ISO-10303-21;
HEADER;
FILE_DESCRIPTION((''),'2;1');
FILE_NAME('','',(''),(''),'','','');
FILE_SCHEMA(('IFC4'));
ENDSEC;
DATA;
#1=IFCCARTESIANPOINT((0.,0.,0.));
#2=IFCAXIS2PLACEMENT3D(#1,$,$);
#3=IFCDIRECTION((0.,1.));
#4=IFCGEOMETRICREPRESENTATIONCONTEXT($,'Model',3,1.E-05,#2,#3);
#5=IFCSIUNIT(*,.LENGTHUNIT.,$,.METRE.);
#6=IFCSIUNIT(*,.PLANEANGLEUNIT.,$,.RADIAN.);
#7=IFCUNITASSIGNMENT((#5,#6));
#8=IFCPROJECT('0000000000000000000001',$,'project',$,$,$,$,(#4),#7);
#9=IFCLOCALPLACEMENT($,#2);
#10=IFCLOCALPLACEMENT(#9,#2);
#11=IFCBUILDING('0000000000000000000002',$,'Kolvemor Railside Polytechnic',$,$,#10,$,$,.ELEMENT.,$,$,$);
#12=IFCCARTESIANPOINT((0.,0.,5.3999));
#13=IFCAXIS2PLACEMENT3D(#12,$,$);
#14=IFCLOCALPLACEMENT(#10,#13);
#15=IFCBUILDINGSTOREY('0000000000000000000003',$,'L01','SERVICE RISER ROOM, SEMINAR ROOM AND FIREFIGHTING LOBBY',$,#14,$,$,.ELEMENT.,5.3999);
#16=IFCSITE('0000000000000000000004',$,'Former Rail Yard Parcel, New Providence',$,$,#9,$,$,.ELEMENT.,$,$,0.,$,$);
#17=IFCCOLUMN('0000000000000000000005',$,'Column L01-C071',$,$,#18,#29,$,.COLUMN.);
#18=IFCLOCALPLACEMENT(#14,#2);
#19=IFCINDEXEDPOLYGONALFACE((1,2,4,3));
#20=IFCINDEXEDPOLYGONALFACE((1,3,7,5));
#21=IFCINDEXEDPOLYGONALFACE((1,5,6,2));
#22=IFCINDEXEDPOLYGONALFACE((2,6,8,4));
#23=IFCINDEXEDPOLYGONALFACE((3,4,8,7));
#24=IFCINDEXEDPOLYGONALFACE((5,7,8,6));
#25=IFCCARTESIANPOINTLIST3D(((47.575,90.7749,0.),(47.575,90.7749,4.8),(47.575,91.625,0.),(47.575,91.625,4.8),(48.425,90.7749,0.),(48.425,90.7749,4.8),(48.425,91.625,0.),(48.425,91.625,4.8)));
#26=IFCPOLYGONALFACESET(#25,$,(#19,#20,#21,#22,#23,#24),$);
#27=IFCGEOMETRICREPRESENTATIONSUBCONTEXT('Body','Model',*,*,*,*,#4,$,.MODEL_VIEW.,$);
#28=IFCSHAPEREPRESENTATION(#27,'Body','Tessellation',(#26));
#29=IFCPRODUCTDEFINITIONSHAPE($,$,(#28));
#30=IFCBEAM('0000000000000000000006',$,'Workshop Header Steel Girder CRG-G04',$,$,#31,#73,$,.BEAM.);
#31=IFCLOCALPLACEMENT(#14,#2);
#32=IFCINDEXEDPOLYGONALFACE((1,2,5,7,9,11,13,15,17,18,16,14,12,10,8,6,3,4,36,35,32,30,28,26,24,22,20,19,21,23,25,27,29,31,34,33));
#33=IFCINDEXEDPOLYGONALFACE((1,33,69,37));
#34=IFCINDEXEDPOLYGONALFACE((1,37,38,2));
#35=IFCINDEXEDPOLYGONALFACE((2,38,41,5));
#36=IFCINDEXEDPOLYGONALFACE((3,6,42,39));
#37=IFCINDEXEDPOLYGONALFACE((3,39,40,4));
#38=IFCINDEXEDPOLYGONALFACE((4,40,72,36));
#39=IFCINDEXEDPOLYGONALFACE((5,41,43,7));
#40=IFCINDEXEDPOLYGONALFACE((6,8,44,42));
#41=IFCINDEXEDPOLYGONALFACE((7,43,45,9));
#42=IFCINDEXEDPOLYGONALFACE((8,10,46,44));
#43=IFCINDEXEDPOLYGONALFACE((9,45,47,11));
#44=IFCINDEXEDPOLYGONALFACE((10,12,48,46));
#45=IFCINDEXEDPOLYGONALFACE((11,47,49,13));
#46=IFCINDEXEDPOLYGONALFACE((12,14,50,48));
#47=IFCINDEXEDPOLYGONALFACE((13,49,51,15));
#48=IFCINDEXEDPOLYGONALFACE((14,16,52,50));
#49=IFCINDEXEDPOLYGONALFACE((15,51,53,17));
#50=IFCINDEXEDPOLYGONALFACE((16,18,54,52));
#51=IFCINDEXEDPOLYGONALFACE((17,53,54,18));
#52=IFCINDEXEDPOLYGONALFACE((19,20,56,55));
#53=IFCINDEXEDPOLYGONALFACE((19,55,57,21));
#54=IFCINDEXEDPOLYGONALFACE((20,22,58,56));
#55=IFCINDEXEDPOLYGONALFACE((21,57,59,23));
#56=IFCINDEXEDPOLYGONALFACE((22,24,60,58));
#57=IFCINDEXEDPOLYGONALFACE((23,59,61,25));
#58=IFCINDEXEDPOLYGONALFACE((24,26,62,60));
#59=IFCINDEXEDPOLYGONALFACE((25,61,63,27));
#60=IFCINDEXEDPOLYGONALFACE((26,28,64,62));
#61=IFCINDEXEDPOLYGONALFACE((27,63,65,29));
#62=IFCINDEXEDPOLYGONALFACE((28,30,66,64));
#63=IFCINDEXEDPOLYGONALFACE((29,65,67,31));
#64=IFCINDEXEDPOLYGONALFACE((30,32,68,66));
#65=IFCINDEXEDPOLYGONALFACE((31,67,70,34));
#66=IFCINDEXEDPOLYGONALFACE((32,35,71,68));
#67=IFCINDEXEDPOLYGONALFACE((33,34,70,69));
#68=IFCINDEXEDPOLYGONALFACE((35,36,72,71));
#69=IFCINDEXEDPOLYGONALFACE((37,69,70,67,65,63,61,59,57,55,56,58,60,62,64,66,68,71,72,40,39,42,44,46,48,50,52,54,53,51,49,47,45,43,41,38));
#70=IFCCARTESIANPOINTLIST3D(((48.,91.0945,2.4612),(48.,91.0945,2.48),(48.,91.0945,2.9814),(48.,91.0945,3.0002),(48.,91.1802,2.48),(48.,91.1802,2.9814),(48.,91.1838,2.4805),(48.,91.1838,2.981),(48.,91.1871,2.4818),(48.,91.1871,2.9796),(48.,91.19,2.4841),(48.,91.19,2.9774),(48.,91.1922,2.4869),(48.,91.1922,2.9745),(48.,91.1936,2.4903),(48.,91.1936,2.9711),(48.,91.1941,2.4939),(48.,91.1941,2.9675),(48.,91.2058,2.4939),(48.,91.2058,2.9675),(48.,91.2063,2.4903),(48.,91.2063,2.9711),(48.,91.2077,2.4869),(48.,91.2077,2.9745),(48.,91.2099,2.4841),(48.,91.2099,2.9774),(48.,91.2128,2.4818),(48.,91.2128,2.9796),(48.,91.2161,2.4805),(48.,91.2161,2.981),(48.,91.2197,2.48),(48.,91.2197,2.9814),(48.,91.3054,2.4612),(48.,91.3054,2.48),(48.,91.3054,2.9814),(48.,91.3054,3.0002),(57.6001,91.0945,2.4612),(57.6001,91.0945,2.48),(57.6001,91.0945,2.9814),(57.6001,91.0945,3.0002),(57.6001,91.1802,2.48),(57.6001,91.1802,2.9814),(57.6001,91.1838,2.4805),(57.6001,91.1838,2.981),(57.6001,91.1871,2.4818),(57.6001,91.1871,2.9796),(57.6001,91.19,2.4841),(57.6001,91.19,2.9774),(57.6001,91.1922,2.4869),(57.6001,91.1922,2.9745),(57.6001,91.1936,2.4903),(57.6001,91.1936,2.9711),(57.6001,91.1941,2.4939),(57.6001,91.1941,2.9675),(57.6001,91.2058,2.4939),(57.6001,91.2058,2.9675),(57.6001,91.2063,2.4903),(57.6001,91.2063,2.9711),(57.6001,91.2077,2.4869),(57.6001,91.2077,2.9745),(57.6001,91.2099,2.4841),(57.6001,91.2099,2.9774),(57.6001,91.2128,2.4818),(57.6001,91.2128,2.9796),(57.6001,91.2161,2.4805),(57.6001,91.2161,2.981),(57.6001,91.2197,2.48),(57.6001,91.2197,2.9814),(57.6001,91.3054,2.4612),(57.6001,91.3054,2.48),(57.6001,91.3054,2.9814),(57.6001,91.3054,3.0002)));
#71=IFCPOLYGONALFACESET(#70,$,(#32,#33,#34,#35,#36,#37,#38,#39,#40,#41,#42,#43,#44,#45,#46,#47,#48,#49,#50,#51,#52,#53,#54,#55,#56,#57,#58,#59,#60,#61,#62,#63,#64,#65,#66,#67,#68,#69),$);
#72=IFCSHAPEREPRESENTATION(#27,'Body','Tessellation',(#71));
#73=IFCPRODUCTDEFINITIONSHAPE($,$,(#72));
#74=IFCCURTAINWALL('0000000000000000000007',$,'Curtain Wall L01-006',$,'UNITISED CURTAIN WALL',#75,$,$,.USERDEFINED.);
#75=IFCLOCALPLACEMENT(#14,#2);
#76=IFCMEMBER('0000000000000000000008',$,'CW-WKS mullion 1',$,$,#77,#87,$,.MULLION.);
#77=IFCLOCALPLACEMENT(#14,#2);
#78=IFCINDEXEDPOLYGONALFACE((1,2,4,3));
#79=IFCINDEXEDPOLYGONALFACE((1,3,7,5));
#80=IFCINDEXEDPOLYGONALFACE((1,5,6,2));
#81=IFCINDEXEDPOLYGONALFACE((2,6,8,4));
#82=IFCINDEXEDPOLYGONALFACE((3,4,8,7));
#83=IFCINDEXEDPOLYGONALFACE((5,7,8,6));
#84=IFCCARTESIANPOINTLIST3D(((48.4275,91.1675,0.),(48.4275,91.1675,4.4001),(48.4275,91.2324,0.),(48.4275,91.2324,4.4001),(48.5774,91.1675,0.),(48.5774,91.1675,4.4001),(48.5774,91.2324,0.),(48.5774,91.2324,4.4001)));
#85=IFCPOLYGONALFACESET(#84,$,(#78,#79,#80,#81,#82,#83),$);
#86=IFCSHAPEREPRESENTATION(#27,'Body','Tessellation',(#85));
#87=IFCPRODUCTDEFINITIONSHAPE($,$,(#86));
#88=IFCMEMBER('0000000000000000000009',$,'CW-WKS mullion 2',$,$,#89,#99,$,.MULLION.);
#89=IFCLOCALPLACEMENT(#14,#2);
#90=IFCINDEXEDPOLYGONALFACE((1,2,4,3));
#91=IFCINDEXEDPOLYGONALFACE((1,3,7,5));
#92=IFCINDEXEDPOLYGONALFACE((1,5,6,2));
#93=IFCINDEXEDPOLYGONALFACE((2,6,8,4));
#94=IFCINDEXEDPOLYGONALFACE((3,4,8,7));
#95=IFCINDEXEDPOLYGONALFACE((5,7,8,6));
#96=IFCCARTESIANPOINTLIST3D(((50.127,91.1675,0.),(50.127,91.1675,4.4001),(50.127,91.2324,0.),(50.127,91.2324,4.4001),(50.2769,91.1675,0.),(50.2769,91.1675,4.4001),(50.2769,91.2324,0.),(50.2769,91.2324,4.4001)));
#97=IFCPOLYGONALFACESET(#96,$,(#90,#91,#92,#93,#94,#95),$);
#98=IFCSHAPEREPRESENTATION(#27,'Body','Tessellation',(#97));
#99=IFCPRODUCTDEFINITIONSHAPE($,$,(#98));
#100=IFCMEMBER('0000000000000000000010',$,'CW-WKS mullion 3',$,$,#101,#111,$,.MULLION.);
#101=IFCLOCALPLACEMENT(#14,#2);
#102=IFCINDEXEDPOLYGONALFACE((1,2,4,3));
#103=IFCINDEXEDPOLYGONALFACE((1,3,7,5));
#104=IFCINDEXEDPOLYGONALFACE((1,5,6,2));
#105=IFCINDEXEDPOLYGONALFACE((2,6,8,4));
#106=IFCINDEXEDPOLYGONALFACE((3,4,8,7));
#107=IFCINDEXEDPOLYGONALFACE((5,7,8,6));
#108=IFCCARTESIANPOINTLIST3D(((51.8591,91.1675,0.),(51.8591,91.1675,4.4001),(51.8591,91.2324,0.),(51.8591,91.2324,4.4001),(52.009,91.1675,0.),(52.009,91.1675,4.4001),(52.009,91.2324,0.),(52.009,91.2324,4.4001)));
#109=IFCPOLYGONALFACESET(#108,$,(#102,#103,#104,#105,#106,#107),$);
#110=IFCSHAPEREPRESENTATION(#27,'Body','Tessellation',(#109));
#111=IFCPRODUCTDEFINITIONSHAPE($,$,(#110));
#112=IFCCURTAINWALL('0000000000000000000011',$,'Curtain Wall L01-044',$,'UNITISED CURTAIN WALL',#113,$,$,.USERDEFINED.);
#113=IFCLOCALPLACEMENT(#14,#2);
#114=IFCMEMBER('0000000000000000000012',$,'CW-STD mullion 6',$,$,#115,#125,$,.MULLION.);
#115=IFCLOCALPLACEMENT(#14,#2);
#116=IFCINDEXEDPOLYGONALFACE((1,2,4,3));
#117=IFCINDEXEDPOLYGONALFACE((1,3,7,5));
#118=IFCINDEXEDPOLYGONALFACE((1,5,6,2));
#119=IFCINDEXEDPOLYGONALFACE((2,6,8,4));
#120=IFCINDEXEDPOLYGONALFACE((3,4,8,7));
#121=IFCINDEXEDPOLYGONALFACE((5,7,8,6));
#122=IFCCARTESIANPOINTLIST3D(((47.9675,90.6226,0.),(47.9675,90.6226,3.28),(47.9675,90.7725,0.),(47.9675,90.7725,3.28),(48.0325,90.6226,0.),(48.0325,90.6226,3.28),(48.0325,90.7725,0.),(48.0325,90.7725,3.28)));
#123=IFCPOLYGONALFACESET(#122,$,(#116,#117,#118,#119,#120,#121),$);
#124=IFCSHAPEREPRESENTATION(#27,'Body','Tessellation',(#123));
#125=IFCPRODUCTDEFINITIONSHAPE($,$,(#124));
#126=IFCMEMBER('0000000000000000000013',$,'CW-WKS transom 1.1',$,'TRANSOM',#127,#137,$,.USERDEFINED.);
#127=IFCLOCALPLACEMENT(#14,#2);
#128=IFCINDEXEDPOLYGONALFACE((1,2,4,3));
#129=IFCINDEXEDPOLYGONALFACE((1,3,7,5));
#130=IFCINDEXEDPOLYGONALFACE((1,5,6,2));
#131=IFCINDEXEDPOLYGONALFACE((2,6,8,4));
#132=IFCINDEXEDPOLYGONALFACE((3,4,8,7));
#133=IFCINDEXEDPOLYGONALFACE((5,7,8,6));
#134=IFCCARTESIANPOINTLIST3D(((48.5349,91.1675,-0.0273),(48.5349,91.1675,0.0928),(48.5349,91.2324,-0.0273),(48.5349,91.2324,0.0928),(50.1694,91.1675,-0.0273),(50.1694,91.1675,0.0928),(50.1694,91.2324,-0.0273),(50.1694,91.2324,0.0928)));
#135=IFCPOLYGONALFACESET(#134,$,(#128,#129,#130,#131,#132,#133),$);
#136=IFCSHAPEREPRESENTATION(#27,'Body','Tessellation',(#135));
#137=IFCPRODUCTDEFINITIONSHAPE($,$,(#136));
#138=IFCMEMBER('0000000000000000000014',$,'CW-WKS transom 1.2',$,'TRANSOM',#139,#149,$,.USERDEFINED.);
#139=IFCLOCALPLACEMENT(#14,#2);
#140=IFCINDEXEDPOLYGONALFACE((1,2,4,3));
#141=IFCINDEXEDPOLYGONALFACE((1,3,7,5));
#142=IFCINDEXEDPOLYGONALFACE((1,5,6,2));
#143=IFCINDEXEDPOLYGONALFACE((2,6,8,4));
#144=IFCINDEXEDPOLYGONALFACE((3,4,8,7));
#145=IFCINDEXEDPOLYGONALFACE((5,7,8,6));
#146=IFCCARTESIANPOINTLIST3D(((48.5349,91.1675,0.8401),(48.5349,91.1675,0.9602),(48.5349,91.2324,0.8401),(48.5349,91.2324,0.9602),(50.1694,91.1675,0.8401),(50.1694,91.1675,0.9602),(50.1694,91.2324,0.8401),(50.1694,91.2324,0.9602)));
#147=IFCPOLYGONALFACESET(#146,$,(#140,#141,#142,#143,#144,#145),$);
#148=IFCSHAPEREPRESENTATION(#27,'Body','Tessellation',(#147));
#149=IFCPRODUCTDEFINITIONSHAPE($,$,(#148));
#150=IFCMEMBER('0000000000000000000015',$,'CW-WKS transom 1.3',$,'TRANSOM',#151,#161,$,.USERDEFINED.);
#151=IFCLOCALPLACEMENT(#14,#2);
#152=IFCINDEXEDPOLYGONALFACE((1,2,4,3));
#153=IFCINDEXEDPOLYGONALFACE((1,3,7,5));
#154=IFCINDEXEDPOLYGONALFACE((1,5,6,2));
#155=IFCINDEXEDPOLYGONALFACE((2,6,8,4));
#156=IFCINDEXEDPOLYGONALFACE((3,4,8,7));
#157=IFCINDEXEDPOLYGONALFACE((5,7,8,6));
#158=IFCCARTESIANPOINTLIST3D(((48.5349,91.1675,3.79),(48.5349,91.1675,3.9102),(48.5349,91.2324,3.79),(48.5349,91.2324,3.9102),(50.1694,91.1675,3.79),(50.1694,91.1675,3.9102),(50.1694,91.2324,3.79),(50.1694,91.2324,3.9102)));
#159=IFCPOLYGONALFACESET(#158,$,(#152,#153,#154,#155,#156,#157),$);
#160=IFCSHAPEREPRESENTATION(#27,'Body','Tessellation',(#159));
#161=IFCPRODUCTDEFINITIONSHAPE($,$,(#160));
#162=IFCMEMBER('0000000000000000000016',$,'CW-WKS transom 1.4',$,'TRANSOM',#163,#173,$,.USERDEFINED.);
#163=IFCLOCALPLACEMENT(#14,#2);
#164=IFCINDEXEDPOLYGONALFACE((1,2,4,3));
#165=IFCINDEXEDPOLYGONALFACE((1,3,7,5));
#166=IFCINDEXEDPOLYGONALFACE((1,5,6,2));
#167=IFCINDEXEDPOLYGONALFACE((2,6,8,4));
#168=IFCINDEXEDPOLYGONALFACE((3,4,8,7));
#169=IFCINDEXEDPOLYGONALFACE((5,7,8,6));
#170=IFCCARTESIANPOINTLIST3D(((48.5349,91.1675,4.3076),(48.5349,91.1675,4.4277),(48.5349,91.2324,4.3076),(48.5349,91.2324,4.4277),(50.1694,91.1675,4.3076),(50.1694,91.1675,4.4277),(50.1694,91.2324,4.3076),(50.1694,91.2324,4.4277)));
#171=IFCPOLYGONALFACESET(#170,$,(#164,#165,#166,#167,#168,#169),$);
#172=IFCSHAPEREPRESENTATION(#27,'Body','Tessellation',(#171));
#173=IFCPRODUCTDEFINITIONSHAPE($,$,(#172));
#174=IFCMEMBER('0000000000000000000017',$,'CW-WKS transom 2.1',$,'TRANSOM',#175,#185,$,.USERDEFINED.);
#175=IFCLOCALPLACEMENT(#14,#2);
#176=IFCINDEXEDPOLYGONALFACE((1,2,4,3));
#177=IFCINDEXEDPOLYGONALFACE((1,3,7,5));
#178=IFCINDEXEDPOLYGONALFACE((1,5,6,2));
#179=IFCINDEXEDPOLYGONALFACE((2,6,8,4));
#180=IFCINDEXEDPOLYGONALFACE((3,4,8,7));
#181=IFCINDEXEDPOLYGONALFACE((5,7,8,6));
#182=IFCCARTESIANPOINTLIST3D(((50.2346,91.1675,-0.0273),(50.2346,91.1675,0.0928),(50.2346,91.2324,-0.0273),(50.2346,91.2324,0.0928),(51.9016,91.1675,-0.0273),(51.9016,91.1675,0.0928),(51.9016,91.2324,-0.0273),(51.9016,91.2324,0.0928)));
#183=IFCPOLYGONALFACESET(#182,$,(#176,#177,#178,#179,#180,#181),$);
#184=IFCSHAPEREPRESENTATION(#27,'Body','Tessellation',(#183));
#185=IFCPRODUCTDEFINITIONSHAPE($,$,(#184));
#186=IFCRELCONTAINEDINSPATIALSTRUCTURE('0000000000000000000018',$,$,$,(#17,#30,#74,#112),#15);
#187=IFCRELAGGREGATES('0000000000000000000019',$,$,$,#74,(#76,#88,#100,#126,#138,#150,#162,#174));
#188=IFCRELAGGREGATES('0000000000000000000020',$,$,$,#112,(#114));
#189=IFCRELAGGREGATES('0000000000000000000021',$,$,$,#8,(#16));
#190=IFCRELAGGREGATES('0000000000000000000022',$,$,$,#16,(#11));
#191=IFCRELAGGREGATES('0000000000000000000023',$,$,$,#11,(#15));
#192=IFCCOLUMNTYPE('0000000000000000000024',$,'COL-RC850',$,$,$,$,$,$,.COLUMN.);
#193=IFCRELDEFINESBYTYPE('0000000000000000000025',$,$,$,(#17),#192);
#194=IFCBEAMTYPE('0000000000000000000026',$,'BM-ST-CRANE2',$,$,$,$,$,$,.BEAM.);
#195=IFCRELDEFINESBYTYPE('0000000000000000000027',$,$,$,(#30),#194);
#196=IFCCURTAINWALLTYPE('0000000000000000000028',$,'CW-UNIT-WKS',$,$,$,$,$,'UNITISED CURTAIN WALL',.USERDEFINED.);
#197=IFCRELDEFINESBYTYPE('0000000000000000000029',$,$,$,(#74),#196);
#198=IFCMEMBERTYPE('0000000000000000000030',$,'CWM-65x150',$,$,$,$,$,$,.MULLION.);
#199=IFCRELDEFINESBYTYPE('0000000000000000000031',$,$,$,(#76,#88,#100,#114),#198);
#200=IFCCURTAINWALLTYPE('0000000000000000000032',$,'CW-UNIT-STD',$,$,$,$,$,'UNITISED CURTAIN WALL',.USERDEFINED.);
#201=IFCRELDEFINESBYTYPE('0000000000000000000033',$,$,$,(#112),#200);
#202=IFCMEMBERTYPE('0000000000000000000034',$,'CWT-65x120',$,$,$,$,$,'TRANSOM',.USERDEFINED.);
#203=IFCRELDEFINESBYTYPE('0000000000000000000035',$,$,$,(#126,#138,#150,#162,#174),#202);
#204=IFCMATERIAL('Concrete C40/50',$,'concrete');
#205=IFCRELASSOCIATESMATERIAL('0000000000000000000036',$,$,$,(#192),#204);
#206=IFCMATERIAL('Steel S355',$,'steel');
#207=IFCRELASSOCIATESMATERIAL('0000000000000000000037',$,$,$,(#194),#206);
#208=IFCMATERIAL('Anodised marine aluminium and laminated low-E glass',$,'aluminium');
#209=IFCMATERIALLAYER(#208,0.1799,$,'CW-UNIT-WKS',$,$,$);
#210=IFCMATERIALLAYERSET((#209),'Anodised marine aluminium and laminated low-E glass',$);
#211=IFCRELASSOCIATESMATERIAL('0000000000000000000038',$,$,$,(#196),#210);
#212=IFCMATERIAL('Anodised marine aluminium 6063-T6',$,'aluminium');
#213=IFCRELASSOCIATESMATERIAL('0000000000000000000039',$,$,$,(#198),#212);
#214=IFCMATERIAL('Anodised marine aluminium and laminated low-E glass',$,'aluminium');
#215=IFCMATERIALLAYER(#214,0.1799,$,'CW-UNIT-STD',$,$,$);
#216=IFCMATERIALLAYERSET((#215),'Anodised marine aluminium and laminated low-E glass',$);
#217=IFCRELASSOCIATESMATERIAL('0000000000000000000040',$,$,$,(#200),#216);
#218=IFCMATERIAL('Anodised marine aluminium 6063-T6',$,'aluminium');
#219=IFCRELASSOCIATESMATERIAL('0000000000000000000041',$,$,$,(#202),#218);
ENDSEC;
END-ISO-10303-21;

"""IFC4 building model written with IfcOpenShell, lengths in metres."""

from ifc_helpers import new_model, si_unit, direction, frame, origin, origin_2d, place, context, subcontext, project, spatial, rectangle, i_section, extrude, material, layer, layer_set, material_profile, profile_set, type_object, element, aggregate, save


model = new_model("IFC4")

# Units and contexts
model_context = context("Model", 3, precision=1e-05, world=origin(), true_north=direction((0.0, 1.0)))
body_context = subcontext(model_context, "Body", "Model", "MODEL_VIEW")
ifc_project = project(units=[si_unit("LENGTHUNIT", "METRE"), si_unit("PLANEANGLEUNIT", "RADIAN")], contexts=[model_context])

# Site, building, storey
site_placement = place(None, origin())
site = spatial("IfcSite", under=ifc_project, at=site_placement, Name="Former Rail Yard Parcel, New Providence", CompositionType="ELEMENT", RefElevation=0.0)
building_placement = place(site_placement, origin())
building = spatial("IfcBuilding", under=site, at=building_placement, Name="Kolvemor Railside Polytechnic", CompositionType="ELEMENT")
storey_placement = place(building_placement, frame((0.0, 0.0, 5.3999)))
storey = spatial("IfcBuildingStorey", under=building, at=storey_placement, Name="L01", Description="SERVICE RISER ROOM, SEMINAR ROOM AND FIREFIGHTING LOBBY", CompositionType="ELEMENT", Elevation=5.3999)

# Column
ifc_material_1 = material(Name="Concrete C40/50", Category="concrete")
ifc_material_profile_1 = material_profile(ifc_material_1, rectangle(XDim=0.8501, YDim=0.8501, at=origin_2d()), Name="RC850x850")
ifc_profile_set_1 = profile_set([ifc_material_profile_1], Name="Concrete C40/50")
column_type = type_object("IfcColumnType", Name="COL-RC850", PredefinedType="COLUMN", material=ifc_profile_set_1)
column_placement = place(storey_placement, frame((48.0, 91.2, 0.0), z_axis=(0.0, 0.0, 1.0), x_axis=(1.0, 0.0, 0.0)))
element("IfcColumn", 1, at=column_placement, inside=storey, type_object=column_type, Name="Column L01-C071", PredefinedType="COLUMN", context=body_context, shape_type="SweptSolid", body=[
    extrude(rectangle(XDim=0.8501, YDim=0.8501, at=origin_2d()), origin(), (0.0, 0.0, 1.0), 4.8),
])

# Beam
ifc_material_2 = material(Name="Steel S355", Category="steel")
ifc_material_profile_2 = material_profile(ifc_material_2, i_section(OverallWidth=0.2109, OverallDepth=0.5391, WebThickness=0.0117, FlangeThickness=0.0188, FilletRadius=0.0139, at=origin_2d()), Name="W530x109")
ifc_profile_set_2 = profile_set([ifc_material_profile_2], Name="Steel S355")
beam_type = type_object("IfcBeamType", Name="BM-ST-CRANE2", PredefinedType="BEAM", material=ifc_profile_set_2)
beam_placement = place(storey_placement, frame((48.0, 91.2, 2.7307), z_axis=(1.0, 0.0, 0.0), x_axis=(0.0, 1.0, 0.0)))
element("IfcBeam", 2, at=beam_placement, inside=storey, type_object=beam_type, Name="Workshop Header Steel Girder CRG-G04", PredefinedType="BEAM", context=body_context, shape_type="SweptSolid", body=[
    extrude(i_section(OverallWidth=0.2109, OverallDepth=0.5391, WebThickness=0.0117, FlangeThickness=0.0188, FilletRadius=0.0139, at=origin_2d()), origin(), (0.0, 0.0, 1.0), 9.6001),
])

# Curtain wall, members
ifc_material_3 = material(Name="Anodised marine aluminium and laminated low-E glass", Category="aluminium")
ifc_layer_1 = layer(ifc_material_3, 0.1799, Name="CW-UNIT-WKS")
ifc_layer_set_1 = layer_set([ifc_layer_1], Name="Anodised marine aluminium and laminated low-E glass")
curtain_wall_type_1 = type_object("IfcCurtainWallType", Name="CW-UNIT-WKS", ElementType="UNITISED CURTAIN WALL", PredefinedType="USERDEFINED", material=ifc_layer_set_1)
curtain_wall_1_placement = place(storey_placement, origin())
curtain_wall_1 = element("IfcCurtainWall", 3, at=curtain_wall_1_placement, inside=storey, type_object=curtain_wall_type_1, Name="Curtain Wall L01-006", ObjectType="UNITISED CURTAIN WALL", PredefinedType="USERDEFINED")
ifc_material_4 = material(Name="Anodised marine aluminium 6063-T6", Category="aluminium")
ifc_material_profile_3 = material_profile(ifc_material_4, rectangle(XDim=0.0649, YDim=0.1499, at=origin_2d()), Name="CW-MUL-65x150")
ifc_profile_set_3 = profile_set([ifc_material_profile_3], Name="Anodised marine aluminium 6063-T6")
member_type_1 = type_object("IfcMemberType", Name="CWM-65x150", PredefinedType="MULLION", material=ifc_profile_set_3)
member_1_placement = place(storey_placement, frame((48.5024, 91.2, 0.0), z_axis=(0.0, 0.0, 1.0), x_axis=(0.0, 1.0, 0.0)))
member_1 = element("IfcMember", 4, at=member_1_placement, type_object=member_type_1, Name="CW-WKS mullion 1", PredefinedType="MULLION", context=body_context, shape_type="SweptSolid", body=[
    extrude(rectangle(XDim=0.0649, YDim=0.1499, at=origin_2d()), origin(), (0.0, 0.0, 1.0), 4.4001),
])
member_2_placement = place(storey_placement, frame((50.2019, 91.2, 0.0), z_axis=(0.0, 0.0, 1.0), x_axis=(0.0, 1.0, 0.0)))
member_2 = element("IfcMember", 5, at=member_2_placement, type_object=member_type_1, Name="CW-WKS mullion 2", PredefinedType="MULLION", context=body_context, shape_type="SweptSolid", body=[
    extrude(rectangle(XDim=0.0649, YDim=0.1499, at=origin_2d()), origin(), (0.0, 0.0, 1.0), 4.4001),
])
member_3_placement = place(storey_placement, frame((51.9341, 91.2, 0.0), z_axis=(0.0, 0.0, 1.0), x_axis=(0.0, 1.0, 0.0)))
member_3 = element("IfcMember", 6, at=member_3_placement, type_object=member_type_1, Name="CW-WKS mullion 3", PredefinedType="MULLION", context=body_context, shape_type="SweptSolid", body=[
    extrude(rectangle(XDim=0.0649, YDim=0.1499, at=origin_2d()), origin(), (0.0, 0.0, 1.0), 4.4001),
])

# Curtain wall, member
ifc_material_5 = material(Name="Anodised marine aluminium and laminated low-E glass", Category="aluminium")
ifc_layer_2 = layer(ifc_material_5, 0.1799, Name="CW-UNIT-STD")
ifc_layer_set_2 = layer_set([ifc_layer_2], Name="Anodised marine aluminium and laminated low-E glass")
curtain_wall_type_2 = type_object("IfcCurtainWallType", Name="CW-UNIT-STD", ElementType="UNITISED CURTAIN WALL", PredefinedType="USERDEFINED", material=ifc_layer_set_2)
curtain_wall_2_placement = place(storey_placement, origin())
curtain_wall_2 = element("IfcCurtainWall", 7, at=curtain_wall_2_placement, inside=storey, type_object=curtain_wall_type_2, Name="Curtain Wall L01-044", ObjectType="UNITISED CURTAIN WALL", PredefinedType="USERDEFINED")
member_4_placement = place(storey_placement, frame((48.0, 90.6975, 0.0), z_axis=(0.0, 0.0, 1.0), x_axis=(-1.0, 0.0, 0.0)))
member_4 = element("IfcMember", 8, at=member_4_placement, type_object=member_type_1, Name="CW-STD mullion 6", PredefinedType="MULLION", context=body_context, shape_type="SweptSolid", body=[
    extrude(rectangle(XDim=0.0649, YDim=0.1499, at=origin_2d()), origin(), (0.0, 0.0, 1.0), 3.28),
])

# Members
ifc_material_6 = material(Name="Anodised marine aluminium 6063-T6", Category="aluminium")
ifc_material_profile_4 = material_profile(ifc_material_6, rectangle(XDim=0.0649, YDim=0.1201, at=origin_2d()), Name="CW-TRN-65x120")
ifc_profile_set_4 = profile_set([ifc_material_profile_4], Name="Anodised marine aluminium 6063-T6")
member_type_2 = type_object("IfcMemberType", Name="CWT-65x120", ElementType="TRANSOM", PredefinedType="USERDEFINED", material=ifc_profile_set_4)
member_5_placement = place(storey_placement, frame((48.5349, 91.2, 0.0327), z_axis=(1.0, 0.0, 0.0), x_axis=(0.0, 1.0, 0.0)))
member_5 = element("IfcMember", 9, at=member_5_placement, type_object=member_type_2, Name="CW-WKS transom 1.1", ObjectType="TRANSOM", PredefinedType="USERDEFINED", context=body_context, shape_type="SweptSolid", body=[
    extrude(rectangle(XDim=0.0649, YDim=0.1201, at=origin_2d()), origin(), (0.0, 0.0, 1.0), 1.6345),
])
member_6_placement = place(storey_placement, frame((48.5349, 91.2, 0.9001), z_axis=(1.0, 0.0, 0.0), x_axis=(0.0, 1.0, 0.0)))
member_6 = element("IfcMember", 10, at=member_6_placement, type_object=member_type_2, Name="CW-WKS transom 1.2", ObjectType="TRANSOM", PredefinedType="USERDEFINED", context=body_context, shape_type="SweptSolid", body=[
    extrude(rectangle(XDim=0.0649, YDim=0.1201, at=origin_2d()), origin(), (0.0, 0.0, 1.0), 1.6345),
])
member_7_placement = place(storey_placement, frame((48.5349, 91.2, 3.8501), z_axis=(1.0, 0.0, 0.0), x_axis=(0.0, 1.0, 0.0)))
member_7 = element("IfcMember", 11, at=member_7_placement, type_object=member_type_2, Name="CW-WKS transom 1.3", ObjectType="TRANSOM", PredefinedType="USERDEFINED", context=body_context, shape_type="SweptSolid", body=[
    extrude(rectangle(XDim=0.0649, YDim=0.1201, at=origin_2d()), origin(), (0.0, 0.0, 1.0), 1.6345),
])
member_8_placement = place(storey_placement, frame((48.5349, 91.2, 4.3677), z_axis=(1.0, 0.0, 0.0), x_axis=(0.0, 1.0, 0.0)))
member_8 = element("IfcMember", 12, at=member_8_placement, type_object=member_type_2, Name="CW-WKS transom 1.4", ObjectType="TRANSOM", PredefinedType="USERDEFINED", context=body_context, shape_type="SweptSolid", body=[
    extrude(rectangle(XDim=0.0649, YDim=0.1201, at=origin_2d()), origin(), (0.0, 0.0, 1.0), 1.6345),
])
member_9_placement = place(storey_placement, frame((50.2346, 91.2, 0.0327), z_axis=(1.0, 0.0, 0.0), x_axis=(0.0, 1.0, 0.0)))
member_9 = element("IfcMember", 13, at=member_9_placement, type_object=member_type_2, Name="CW-WKS transom 2.1", ObjectType="TRANSOM", PredefinedType="USERDEFINED", context=body_context, shape_type="SweptSolid", body=[
    extrude(rectangle(XDim=0.0649, YDim=0.1201, at=origin_2d()), origin(), (0.0, 0.0, 1.0), 1.667),
])

aggregate(curtain_wall_1, [member_1, member_2, member_3, member_5, member_6, member_7, member_8, member_9])
aggregate(curtain_wall_2, [member_4])

save(model, "model.ifc")
